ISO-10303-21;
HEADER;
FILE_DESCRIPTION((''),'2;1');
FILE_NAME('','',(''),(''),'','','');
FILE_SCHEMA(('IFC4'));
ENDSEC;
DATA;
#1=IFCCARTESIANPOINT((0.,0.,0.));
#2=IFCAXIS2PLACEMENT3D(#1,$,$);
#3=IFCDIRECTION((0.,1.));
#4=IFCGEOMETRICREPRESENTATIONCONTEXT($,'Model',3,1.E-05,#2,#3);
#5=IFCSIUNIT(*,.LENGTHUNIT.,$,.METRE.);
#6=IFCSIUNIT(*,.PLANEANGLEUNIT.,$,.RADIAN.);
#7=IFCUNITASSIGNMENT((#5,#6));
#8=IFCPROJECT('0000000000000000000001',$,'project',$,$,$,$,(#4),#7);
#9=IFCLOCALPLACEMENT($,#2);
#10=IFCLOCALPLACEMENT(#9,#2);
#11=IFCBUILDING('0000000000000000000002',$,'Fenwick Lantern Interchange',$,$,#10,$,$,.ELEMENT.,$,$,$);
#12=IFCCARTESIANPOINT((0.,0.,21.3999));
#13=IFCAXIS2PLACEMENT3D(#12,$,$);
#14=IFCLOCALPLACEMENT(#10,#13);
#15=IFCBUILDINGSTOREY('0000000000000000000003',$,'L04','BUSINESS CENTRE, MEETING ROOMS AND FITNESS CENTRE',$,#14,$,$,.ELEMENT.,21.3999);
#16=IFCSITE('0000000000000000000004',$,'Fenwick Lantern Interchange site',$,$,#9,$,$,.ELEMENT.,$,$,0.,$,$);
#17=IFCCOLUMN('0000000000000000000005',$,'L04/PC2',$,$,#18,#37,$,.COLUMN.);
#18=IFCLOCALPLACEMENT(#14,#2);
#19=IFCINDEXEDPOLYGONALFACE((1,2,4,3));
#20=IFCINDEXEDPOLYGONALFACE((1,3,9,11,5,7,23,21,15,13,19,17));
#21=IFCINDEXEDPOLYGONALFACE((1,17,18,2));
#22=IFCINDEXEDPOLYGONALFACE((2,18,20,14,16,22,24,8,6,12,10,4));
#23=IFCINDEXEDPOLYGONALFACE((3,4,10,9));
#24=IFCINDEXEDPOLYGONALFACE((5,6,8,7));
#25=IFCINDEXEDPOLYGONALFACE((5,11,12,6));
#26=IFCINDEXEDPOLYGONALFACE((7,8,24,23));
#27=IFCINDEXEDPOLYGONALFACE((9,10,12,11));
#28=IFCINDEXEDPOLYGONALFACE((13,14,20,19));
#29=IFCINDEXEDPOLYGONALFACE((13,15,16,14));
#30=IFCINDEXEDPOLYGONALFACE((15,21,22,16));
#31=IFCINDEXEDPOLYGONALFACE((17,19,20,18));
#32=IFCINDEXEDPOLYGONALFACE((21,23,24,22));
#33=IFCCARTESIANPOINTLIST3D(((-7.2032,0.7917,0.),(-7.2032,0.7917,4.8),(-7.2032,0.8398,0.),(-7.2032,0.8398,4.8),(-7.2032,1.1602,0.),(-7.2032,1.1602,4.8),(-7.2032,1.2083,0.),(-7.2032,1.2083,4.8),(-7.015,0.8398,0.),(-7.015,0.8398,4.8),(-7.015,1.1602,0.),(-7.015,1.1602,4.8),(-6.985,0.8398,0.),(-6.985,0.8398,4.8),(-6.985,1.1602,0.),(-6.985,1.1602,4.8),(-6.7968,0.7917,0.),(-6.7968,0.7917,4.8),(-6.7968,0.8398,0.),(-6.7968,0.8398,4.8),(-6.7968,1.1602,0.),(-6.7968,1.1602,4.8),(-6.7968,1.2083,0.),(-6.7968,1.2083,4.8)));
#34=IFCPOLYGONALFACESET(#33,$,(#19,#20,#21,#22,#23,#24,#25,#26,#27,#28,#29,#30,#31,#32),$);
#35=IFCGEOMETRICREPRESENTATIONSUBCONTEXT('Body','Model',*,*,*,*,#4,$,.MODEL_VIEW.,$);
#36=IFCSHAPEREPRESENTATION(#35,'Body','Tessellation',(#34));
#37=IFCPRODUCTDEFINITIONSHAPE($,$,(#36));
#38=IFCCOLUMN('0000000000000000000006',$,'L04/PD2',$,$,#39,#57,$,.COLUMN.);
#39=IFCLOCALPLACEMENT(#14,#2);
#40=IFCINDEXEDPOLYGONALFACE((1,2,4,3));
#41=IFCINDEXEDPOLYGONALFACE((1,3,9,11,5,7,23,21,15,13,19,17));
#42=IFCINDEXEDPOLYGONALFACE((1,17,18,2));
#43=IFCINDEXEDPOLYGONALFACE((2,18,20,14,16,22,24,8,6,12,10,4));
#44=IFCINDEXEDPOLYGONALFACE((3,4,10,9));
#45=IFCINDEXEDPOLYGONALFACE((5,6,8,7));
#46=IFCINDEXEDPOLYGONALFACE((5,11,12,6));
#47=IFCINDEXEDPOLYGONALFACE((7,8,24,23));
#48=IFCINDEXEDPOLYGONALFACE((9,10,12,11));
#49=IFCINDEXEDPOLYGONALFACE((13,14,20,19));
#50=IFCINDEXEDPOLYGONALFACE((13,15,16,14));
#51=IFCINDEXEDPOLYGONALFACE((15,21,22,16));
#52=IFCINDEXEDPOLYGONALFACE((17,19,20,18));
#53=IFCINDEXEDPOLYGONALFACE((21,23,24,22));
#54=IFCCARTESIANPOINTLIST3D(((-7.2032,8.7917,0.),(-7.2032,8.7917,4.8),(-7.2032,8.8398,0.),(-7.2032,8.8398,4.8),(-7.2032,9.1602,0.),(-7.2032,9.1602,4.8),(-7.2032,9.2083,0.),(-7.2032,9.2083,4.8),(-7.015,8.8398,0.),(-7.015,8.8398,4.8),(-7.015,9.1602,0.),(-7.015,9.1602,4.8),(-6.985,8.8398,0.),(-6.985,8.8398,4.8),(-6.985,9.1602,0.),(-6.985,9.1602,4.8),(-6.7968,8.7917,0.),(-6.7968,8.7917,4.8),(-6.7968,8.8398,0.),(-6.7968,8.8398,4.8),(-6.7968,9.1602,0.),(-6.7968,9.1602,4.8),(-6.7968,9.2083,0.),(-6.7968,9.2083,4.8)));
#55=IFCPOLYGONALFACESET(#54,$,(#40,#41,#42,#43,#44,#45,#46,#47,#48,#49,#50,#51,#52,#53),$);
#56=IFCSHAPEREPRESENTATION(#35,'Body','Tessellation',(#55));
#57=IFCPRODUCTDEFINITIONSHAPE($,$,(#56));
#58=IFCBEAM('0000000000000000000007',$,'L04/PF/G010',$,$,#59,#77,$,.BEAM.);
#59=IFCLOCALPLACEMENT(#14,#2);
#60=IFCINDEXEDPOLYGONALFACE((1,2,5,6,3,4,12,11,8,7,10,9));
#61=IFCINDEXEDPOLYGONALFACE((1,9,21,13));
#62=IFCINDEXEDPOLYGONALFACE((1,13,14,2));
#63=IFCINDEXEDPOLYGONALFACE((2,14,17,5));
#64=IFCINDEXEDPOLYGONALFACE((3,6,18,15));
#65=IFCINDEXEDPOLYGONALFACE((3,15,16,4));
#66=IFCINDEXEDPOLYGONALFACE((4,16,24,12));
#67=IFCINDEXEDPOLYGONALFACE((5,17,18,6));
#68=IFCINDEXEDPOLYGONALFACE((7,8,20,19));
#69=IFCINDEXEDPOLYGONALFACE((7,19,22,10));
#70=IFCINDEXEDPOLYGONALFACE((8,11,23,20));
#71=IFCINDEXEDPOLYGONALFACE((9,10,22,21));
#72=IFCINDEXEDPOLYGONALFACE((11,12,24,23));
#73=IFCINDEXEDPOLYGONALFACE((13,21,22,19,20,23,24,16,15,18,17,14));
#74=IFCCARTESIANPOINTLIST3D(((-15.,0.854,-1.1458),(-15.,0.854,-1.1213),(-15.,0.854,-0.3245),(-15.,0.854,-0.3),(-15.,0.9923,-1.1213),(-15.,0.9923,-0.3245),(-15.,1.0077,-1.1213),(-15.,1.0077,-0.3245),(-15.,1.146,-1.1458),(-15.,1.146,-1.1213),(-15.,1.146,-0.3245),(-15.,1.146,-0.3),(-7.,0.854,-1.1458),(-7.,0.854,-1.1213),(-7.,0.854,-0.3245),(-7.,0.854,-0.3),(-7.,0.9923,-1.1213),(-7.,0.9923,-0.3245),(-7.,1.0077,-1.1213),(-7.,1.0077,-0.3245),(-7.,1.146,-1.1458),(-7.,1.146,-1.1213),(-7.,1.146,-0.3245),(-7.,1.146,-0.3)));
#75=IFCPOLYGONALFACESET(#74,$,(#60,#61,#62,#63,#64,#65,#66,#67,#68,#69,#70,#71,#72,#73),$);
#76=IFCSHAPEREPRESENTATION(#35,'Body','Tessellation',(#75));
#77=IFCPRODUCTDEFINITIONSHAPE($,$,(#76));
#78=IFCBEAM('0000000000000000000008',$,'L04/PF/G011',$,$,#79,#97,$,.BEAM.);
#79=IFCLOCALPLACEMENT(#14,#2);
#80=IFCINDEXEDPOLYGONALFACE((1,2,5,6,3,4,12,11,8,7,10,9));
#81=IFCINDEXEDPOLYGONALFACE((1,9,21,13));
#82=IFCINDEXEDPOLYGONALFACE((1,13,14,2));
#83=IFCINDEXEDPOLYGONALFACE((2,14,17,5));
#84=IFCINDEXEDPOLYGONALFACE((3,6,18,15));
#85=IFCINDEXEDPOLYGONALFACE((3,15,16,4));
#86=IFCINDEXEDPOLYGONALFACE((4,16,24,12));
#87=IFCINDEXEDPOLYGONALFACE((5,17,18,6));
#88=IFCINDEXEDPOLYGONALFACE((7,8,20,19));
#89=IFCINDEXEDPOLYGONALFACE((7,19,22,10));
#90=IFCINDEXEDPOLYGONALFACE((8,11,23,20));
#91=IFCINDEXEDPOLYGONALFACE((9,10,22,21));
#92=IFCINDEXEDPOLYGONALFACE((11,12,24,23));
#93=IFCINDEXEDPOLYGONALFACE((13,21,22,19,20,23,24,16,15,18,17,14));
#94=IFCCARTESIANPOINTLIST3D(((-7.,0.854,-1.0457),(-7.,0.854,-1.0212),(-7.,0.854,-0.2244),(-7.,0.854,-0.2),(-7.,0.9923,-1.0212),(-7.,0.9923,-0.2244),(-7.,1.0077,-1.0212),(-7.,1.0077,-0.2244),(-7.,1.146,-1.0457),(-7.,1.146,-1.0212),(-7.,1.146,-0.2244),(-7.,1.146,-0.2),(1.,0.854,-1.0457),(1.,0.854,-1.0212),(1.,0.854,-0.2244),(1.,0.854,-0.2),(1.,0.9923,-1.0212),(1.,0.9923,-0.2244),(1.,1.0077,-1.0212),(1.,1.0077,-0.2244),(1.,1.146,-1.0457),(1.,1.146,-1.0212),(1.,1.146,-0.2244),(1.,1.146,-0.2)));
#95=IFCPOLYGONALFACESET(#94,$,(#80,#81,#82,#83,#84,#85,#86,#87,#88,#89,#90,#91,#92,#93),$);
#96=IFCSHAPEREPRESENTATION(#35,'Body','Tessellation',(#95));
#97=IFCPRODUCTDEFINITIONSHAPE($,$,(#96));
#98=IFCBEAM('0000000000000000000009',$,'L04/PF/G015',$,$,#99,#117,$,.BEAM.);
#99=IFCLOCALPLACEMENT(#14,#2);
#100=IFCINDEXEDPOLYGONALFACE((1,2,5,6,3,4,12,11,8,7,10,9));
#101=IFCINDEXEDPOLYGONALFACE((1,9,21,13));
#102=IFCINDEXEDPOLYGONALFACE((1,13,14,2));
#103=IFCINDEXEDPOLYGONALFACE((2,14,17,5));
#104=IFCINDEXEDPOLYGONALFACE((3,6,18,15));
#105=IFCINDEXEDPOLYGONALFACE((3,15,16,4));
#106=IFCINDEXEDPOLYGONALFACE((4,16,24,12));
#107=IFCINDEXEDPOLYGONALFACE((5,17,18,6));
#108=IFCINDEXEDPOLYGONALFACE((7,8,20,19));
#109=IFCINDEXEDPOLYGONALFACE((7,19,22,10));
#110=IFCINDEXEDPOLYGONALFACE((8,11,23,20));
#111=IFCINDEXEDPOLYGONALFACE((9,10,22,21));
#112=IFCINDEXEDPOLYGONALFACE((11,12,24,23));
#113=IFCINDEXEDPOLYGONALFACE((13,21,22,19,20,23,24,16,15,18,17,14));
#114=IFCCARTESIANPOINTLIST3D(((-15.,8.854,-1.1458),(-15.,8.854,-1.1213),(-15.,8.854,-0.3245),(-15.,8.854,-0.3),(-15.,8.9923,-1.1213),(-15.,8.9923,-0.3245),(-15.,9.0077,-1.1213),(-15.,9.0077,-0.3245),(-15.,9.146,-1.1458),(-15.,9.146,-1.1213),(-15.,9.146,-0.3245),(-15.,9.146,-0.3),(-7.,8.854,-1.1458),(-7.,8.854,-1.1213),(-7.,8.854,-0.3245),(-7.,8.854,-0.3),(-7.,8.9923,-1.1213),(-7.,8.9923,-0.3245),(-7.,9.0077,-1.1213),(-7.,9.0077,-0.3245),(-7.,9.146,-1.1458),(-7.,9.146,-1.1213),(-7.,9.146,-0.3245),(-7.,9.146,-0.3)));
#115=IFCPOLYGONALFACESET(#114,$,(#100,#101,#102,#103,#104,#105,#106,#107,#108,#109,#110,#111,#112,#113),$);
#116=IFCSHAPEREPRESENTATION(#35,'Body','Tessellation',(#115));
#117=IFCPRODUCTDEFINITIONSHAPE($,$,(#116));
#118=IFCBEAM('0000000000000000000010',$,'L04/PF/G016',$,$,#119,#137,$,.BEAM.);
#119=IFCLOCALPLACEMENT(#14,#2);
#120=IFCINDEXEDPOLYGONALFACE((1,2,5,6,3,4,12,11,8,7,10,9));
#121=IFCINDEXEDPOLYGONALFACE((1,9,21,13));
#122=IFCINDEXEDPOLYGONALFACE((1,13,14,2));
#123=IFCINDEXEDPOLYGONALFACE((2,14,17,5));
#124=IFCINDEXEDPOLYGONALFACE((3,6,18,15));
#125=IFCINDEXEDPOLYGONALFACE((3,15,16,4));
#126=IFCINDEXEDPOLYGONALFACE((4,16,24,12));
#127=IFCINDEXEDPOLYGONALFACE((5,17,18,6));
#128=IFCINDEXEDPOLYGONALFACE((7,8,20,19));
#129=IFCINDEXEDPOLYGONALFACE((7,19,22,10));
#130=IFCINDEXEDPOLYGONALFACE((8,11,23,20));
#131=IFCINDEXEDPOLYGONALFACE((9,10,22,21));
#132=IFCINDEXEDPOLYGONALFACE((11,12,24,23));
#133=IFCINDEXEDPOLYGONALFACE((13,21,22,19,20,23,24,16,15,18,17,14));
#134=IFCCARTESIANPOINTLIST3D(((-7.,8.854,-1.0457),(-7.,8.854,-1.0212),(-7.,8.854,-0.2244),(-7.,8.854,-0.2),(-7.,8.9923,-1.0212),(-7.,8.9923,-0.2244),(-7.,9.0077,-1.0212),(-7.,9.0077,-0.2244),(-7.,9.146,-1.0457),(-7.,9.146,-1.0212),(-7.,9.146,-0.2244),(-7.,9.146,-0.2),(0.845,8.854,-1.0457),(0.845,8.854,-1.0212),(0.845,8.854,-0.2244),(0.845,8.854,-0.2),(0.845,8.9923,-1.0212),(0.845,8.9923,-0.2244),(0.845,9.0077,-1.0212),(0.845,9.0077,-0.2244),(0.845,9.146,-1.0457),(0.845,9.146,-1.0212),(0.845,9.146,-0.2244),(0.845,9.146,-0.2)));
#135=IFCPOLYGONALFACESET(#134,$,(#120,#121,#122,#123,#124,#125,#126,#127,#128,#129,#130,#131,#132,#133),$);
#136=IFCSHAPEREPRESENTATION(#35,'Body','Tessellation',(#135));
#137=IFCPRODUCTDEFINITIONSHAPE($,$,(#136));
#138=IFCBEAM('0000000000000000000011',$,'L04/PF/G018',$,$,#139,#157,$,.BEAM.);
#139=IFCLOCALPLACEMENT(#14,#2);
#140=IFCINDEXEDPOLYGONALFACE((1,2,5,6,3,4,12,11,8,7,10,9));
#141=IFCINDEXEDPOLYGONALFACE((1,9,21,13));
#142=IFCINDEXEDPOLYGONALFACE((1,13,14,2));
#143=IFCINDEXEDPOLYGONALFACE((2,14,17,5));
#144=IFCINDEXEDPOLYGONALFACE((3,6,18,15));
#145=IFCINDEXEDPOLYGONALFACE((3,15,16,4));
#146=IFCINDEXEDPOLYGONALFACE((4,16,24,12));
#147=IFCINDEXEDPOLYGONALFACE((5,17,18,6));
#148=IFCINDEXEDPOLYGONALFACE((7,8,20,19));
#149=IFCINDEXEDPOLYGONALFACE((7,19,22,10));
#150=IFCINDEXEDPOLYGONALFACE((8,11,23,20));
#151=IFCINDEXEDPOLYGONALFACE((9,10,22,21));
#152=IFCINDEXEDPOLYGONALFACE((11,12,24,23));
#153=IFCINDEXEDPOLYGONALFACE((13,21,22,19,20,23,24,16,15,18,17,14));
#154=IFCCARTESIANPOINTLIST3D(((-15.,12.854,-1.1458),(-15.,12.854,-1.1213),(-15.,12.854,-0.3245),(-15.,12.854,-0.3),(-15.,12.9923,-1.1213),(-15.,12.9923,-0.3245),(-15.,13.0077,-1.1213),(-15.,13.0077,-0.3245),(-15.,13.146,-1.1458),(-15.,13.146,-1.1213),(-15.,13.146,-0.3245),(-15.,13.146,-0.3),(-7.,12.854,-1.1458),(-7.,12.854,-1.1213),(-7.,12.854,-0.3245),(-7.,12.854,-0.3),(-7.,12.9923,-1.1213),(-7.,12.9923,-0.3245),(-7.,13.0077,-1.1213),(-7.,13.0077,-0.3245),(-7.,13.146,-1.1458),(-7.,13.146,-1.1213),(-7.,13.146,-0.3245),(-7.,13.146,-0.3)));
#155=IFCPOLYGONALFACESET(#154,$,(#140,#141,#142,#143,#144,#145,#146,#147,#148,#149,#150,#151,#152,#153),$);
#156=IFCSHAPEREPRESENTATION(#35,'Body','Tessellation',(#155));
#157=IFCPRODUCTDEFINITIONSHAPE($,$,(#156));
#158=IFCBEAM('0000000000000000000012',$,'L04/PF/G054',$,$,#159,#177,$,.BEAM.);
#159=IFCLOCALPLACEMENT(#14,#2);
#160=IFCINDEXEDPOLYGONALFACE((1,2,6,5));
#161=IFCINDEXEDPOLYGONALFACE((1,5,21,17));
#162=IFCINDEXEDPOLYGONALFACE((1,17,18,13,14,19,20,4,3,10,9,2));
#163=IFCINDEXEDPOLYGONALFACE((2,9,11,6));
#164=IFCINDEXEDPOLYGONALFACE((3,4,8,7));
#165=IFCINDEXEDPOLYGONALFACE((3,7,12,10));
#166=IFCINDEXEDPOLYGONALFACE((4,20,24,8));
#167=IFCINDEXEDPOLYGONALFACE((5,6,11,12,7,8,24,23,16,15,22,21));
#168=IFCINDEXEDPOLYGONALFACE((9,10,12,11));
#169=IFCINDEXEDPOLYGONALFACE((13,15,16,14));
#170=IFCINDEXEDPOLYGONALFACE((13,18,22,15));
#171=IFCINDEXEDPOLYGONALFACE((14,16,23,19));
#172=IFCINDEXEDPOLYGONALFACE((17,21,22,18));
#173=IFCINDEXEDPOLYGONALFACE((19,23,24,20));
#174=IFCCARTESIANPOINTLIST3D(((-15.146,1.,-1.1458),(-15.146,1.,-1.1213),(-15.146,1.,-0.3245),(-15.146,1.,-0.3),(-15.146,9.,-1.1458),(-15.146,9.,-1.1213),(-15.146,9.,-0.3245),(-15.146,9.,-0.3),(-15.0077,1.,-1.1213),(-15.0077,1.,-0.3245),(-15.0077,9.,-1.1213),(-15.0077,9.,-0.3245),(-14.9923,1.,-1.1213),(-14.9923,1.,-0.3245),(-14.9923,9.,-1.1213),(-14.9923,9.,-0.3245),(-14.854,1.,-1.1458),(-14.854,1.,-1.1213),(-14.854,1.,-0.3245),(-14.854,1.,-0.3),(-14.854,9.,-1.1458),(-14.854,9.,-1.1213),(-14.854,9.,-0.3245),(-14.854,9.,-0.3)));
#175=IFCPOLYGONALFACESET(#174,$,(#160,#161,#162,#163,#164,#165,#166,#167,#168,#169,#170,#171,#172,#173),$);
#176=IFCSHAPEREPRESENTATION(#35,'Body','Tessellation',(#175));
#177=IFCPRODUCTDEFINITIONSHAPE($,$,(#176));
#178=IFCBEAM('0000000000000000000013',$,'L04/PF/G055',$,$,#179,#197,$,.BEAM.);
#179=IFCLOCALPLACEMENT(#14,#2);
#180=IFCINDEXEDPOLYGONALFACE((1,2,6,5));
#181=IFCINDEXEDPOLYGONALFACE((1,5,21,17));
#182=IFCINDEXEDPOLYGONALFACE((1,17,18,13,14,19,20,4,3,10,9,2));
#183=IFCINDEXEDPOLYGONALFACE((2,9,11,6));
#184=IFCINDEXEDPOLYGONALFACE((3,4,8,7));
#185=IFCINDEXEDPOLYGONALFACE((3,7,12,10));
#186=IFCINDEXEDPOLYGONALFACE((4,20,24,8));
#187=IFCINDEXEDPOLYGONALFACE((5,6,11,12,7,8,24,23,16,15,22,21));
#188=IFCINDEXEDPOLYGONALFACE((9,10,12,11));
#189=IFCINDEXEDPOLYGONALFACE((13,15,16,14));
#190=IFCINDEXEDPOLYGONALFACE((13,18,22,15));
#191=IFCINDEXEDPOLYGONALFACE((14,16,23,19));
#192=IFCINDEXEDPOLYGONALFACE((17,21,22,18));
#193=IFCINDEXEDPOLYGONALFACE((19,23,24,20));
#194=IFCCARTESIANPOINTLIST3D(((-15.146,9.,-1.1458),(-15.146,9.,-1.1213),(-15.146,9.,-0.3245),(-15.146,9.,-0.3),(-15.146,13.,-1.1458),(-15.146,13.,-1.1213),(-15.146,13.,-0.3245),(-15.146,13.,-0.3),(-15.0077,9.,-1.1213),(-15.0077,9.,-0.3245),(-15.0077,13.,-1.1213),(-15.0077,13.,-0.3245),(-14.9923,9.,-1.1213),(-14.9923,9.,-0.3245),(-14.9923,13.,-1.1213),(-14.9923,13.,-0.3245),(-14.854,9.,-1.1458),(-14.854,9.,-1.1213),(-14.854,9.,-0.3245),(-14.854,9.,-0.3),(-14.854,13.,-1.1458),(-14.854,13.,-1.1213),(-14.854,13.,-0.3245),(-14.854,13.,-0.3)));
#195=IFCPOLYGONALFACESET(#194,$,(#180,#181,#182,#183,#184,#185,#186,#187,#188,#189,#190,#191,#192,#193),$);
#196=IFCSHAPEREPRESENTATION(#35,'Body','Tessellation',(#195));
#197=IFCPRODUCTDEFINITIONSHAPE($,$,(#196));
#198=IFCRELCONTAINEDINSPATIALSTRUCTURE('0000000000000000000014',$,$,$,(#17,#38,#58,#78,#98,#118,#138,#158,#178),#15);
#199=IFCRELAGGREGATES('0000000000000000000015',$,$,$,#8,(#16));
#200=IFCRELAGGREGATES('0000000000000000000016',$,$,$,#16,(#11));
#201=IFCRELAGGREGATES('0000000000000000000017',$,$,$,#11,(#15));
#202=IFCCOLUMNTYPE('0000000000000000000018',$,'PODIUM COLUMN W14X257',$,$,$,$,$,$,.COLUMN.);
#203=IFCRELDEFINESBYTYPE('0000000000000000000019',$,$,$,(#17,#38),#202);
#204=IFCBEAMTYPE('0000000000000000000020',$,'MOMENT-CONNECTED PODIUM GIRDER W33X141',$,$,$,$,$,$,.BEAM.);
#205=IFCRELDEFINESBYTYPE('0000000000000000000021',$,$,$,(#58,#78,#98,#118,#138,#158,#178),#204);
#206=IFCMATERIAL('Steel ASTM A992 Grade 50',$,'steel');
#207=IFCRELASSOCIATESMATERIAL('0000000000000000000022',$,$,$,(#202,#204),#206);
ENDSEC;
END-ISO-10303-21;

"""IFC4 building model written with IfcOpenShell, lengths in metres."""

from ifc_helpers import new_model, si_unit, direction, frame, origin, origin_2d, place, context, subcontext, project, spatial, i_section, extrude, material, material_profile, profile_set, type_object, element, save


model = new_model("IFC4")

# Units and contexts
model_context = context("Model", 3, precision=1e-05, world=origin(), true_north=direction((0.0, 1.0)))
body_context = subcontext(model_context, "Body", "Model", "MODEL_VIEW")
ifc_project = project(units=[si_unit("LENGTHUNIT", "METRE"), si_unit("PLANEANGLEUNIT", "RADIAN")], contexts=[model_context])

# Site, building, storey
site_placement = place(None, origin())
site = spatial("IfcSite", under=ifc_project, at=site_placement, Name="Fenwick Lantern Interchange site", CompositionType="ELEMENT", RefElevation=0.0)
building_placement = place(site_placement, origin())
building = spatial("IfcBuilding", under=site, at=building_placement, Name="Fenwick Lantern Interchange", CompositionType="ELEMENT")
storey_placement = place(building_placement, frame((0.0, 0.0, 21.3999)))
storey = spatial("IfcBuildingStorey", under=building, at=storey_placement, Name="L04", Description="BUSINESS CENTRE, MEETING ROOMS AND FITNESS CENTRE", CompositionType="ELEMENT", Elevation=21.3999)

# Columns
ifc_material_1 = material(Name="Steel ASTM A992 Grade 50", Category="steel")
ifc_material_profile_1 = material_profile(ifc_material_1, i_section(OverallWidth=0.4065, OverallDepth=0.4165, WebThickness=0.03, FlangeThickness=0.0481, at=origin_2d()), Name="W14X257")
ifc_profile_set_1 = profile_set([ifc_material_profile_1], Name="Steel ASTM A992 Grade 50")
column_type = type_object("IfcColumnType", Name="PODIUM COLUMN W14X257", PredefinedType="COLUMN", material=ifc_profile_set_1)
for number, where, z_axis, x_axis, name in (
    (1, (-7.0, 1.0, 0.0), (0.0, 0.0, 1.0), (1.0, 0.0, 0.0), "L04/PC2"),
    (2, (-7.0, 9.0, 0.0), (0.0, 0.0, 1.0), (1.0, 0.0, 0.0), "L04/PD2"),
):
    element("IfcColumn", number, at=place(storey_placement, frame(where, z_axis=z_axis, x_axis=x_axis)), inside=storey, type_object=column_type, Name=name, PredefinedType="COLUMN", context=body_context, shape_type="SweptSolid", body=[
        extrude(i_section(OverallWidth=0.4065, OverallDepth=0.4165, WebThickness=0.03, FlangeThickness=0.0481, at=origin_2d()), origin(), (0.0, 0.0, 1.0), 4.8),
    ])

# Beams
ifc_material_profile_2 = material_profile(ifc_material_1, i_section(OverallWidth=0.292, OverallDepth=0.8457, WebThickness=0.0154, FlangeThickness=0.0244, at=origin_2d()), Name="W33X141")
ifc_profile_set_2 = profile_set([ifc_material_profile_2], Name="Steel ASTM A992 Grade 50")
beam_type_1 = type_object("IfcBeamType", Name="MOMENT-CONNECTED PODIUM GIRDER W33X141", PredefinedType="BEAM", material=ifc_profile_set_2)
for number, where, z_axis, x_axis, name in (
    (3, (-15.0, 1.0, -0.7229), (1.0, 0.0, 0.0), (0.0, 1.0, 0.0), "L04/PF/G010"),
    (4, (-7.0, 1.0, -0.6228), (1.0, 0.0, 0.0), (0.0, 1.0, 0.0), "L04/PF/G011"),
    (5, (-15.0, 9.0, -0.7229), (1.0, 0.0, 0.0), (0.0, 1.0, 0.0), "L04/PF/G015"),
):
    element("IfcBeam", number, at=place(storey_placement, frame(where, z_axis=z_axis, x_axis=x_axis)), inside=storey, type_object=beam_type_1, Name=name, PredefinedType="BEAM", context=body_context, shape_type="SweptSolid", body=[
        extrude(i_section(OverallWidth=0.292, OverallDepth=0.8457, WebThickness=0.0154, FlangeThickness=0.0244, at=origin_2d()), origin(), (0.0, 0.0, 1.0), 8.0),
    ])
beam_1_placement = place(storey_placement, frame((-7.0, 9.0, -0.6228), z_axis=(1.0, 0.0, 0.0), x_axis=(0.0, 1.0, 0.0)))
element("IfcBeam", 6, at=beam_1_placement, inside=storey, type_object=beam_type_1, Name="L04/PF/G016", PredefinedType="BEAM", context=body_context, shape_type="SweptSolid", body=[
    extrude(i_section(OverallWidth=0.292, OverallDepth=0.8457, WebThickness=0.0154, FlangeThickness=0.0244, at=origin_2d()), origin(), (0.0, 0.0, 1.0), 7.845),
])
for number, where, z_axis, x_axis, name in (
    (7, (-15.0, 13.0, -0.7229), (1.0, 0.0, 0.0), (0.0, 1.0, 0.0), "L04/PF/G018"),
    (8, (-15.0, 1.0, -0.7229), (0.0, 1.0, 0.0), (-1.0, 0.0, 0.0), "L04/PF/G054"),
):
    element("IfcBeam", number, at=place(storey_placement, frame(where, z_axis=z_axis, x_axis=x_axis)), inside=storey, type_object=beam_type_1, Name=name, PredefinedType="BEAM", context=body_context, shape_type="SweptSolid", body=[
        extrude(i_section(OverallWidth=0.292, OverallDepth=0.8457, WebThickness=0.0154, FlangeThickness=0.0244, at=origin_2d()), origin(), (0.0, 0.0, 1.0), 8.0),
    ])
beam_2_placement = place(storey_placement, frame((-15.0, 9.0, -0.7229), z_axis=(0.0, 1.0, 0.0), x_axis=(-1.0, 0.0, 0.0)))
element("IfcBeam", 9, at=beam_2_placement, inside=storey, type_object=beam_type_1, Name="L04/PF/G055", PredefinedType="BEAM", context=body_context, shape_type="SweptSolid", body=[
    extrude(i_section(OverallWidth=0.292, OverallDepth=0.8457, WebThickness=0.0154, FlangeThickness=0.0244, at=origin_2d()), origin(), (0.0, 0.0, 1.0), 4.0),
])

save(model, "model.ifc")
